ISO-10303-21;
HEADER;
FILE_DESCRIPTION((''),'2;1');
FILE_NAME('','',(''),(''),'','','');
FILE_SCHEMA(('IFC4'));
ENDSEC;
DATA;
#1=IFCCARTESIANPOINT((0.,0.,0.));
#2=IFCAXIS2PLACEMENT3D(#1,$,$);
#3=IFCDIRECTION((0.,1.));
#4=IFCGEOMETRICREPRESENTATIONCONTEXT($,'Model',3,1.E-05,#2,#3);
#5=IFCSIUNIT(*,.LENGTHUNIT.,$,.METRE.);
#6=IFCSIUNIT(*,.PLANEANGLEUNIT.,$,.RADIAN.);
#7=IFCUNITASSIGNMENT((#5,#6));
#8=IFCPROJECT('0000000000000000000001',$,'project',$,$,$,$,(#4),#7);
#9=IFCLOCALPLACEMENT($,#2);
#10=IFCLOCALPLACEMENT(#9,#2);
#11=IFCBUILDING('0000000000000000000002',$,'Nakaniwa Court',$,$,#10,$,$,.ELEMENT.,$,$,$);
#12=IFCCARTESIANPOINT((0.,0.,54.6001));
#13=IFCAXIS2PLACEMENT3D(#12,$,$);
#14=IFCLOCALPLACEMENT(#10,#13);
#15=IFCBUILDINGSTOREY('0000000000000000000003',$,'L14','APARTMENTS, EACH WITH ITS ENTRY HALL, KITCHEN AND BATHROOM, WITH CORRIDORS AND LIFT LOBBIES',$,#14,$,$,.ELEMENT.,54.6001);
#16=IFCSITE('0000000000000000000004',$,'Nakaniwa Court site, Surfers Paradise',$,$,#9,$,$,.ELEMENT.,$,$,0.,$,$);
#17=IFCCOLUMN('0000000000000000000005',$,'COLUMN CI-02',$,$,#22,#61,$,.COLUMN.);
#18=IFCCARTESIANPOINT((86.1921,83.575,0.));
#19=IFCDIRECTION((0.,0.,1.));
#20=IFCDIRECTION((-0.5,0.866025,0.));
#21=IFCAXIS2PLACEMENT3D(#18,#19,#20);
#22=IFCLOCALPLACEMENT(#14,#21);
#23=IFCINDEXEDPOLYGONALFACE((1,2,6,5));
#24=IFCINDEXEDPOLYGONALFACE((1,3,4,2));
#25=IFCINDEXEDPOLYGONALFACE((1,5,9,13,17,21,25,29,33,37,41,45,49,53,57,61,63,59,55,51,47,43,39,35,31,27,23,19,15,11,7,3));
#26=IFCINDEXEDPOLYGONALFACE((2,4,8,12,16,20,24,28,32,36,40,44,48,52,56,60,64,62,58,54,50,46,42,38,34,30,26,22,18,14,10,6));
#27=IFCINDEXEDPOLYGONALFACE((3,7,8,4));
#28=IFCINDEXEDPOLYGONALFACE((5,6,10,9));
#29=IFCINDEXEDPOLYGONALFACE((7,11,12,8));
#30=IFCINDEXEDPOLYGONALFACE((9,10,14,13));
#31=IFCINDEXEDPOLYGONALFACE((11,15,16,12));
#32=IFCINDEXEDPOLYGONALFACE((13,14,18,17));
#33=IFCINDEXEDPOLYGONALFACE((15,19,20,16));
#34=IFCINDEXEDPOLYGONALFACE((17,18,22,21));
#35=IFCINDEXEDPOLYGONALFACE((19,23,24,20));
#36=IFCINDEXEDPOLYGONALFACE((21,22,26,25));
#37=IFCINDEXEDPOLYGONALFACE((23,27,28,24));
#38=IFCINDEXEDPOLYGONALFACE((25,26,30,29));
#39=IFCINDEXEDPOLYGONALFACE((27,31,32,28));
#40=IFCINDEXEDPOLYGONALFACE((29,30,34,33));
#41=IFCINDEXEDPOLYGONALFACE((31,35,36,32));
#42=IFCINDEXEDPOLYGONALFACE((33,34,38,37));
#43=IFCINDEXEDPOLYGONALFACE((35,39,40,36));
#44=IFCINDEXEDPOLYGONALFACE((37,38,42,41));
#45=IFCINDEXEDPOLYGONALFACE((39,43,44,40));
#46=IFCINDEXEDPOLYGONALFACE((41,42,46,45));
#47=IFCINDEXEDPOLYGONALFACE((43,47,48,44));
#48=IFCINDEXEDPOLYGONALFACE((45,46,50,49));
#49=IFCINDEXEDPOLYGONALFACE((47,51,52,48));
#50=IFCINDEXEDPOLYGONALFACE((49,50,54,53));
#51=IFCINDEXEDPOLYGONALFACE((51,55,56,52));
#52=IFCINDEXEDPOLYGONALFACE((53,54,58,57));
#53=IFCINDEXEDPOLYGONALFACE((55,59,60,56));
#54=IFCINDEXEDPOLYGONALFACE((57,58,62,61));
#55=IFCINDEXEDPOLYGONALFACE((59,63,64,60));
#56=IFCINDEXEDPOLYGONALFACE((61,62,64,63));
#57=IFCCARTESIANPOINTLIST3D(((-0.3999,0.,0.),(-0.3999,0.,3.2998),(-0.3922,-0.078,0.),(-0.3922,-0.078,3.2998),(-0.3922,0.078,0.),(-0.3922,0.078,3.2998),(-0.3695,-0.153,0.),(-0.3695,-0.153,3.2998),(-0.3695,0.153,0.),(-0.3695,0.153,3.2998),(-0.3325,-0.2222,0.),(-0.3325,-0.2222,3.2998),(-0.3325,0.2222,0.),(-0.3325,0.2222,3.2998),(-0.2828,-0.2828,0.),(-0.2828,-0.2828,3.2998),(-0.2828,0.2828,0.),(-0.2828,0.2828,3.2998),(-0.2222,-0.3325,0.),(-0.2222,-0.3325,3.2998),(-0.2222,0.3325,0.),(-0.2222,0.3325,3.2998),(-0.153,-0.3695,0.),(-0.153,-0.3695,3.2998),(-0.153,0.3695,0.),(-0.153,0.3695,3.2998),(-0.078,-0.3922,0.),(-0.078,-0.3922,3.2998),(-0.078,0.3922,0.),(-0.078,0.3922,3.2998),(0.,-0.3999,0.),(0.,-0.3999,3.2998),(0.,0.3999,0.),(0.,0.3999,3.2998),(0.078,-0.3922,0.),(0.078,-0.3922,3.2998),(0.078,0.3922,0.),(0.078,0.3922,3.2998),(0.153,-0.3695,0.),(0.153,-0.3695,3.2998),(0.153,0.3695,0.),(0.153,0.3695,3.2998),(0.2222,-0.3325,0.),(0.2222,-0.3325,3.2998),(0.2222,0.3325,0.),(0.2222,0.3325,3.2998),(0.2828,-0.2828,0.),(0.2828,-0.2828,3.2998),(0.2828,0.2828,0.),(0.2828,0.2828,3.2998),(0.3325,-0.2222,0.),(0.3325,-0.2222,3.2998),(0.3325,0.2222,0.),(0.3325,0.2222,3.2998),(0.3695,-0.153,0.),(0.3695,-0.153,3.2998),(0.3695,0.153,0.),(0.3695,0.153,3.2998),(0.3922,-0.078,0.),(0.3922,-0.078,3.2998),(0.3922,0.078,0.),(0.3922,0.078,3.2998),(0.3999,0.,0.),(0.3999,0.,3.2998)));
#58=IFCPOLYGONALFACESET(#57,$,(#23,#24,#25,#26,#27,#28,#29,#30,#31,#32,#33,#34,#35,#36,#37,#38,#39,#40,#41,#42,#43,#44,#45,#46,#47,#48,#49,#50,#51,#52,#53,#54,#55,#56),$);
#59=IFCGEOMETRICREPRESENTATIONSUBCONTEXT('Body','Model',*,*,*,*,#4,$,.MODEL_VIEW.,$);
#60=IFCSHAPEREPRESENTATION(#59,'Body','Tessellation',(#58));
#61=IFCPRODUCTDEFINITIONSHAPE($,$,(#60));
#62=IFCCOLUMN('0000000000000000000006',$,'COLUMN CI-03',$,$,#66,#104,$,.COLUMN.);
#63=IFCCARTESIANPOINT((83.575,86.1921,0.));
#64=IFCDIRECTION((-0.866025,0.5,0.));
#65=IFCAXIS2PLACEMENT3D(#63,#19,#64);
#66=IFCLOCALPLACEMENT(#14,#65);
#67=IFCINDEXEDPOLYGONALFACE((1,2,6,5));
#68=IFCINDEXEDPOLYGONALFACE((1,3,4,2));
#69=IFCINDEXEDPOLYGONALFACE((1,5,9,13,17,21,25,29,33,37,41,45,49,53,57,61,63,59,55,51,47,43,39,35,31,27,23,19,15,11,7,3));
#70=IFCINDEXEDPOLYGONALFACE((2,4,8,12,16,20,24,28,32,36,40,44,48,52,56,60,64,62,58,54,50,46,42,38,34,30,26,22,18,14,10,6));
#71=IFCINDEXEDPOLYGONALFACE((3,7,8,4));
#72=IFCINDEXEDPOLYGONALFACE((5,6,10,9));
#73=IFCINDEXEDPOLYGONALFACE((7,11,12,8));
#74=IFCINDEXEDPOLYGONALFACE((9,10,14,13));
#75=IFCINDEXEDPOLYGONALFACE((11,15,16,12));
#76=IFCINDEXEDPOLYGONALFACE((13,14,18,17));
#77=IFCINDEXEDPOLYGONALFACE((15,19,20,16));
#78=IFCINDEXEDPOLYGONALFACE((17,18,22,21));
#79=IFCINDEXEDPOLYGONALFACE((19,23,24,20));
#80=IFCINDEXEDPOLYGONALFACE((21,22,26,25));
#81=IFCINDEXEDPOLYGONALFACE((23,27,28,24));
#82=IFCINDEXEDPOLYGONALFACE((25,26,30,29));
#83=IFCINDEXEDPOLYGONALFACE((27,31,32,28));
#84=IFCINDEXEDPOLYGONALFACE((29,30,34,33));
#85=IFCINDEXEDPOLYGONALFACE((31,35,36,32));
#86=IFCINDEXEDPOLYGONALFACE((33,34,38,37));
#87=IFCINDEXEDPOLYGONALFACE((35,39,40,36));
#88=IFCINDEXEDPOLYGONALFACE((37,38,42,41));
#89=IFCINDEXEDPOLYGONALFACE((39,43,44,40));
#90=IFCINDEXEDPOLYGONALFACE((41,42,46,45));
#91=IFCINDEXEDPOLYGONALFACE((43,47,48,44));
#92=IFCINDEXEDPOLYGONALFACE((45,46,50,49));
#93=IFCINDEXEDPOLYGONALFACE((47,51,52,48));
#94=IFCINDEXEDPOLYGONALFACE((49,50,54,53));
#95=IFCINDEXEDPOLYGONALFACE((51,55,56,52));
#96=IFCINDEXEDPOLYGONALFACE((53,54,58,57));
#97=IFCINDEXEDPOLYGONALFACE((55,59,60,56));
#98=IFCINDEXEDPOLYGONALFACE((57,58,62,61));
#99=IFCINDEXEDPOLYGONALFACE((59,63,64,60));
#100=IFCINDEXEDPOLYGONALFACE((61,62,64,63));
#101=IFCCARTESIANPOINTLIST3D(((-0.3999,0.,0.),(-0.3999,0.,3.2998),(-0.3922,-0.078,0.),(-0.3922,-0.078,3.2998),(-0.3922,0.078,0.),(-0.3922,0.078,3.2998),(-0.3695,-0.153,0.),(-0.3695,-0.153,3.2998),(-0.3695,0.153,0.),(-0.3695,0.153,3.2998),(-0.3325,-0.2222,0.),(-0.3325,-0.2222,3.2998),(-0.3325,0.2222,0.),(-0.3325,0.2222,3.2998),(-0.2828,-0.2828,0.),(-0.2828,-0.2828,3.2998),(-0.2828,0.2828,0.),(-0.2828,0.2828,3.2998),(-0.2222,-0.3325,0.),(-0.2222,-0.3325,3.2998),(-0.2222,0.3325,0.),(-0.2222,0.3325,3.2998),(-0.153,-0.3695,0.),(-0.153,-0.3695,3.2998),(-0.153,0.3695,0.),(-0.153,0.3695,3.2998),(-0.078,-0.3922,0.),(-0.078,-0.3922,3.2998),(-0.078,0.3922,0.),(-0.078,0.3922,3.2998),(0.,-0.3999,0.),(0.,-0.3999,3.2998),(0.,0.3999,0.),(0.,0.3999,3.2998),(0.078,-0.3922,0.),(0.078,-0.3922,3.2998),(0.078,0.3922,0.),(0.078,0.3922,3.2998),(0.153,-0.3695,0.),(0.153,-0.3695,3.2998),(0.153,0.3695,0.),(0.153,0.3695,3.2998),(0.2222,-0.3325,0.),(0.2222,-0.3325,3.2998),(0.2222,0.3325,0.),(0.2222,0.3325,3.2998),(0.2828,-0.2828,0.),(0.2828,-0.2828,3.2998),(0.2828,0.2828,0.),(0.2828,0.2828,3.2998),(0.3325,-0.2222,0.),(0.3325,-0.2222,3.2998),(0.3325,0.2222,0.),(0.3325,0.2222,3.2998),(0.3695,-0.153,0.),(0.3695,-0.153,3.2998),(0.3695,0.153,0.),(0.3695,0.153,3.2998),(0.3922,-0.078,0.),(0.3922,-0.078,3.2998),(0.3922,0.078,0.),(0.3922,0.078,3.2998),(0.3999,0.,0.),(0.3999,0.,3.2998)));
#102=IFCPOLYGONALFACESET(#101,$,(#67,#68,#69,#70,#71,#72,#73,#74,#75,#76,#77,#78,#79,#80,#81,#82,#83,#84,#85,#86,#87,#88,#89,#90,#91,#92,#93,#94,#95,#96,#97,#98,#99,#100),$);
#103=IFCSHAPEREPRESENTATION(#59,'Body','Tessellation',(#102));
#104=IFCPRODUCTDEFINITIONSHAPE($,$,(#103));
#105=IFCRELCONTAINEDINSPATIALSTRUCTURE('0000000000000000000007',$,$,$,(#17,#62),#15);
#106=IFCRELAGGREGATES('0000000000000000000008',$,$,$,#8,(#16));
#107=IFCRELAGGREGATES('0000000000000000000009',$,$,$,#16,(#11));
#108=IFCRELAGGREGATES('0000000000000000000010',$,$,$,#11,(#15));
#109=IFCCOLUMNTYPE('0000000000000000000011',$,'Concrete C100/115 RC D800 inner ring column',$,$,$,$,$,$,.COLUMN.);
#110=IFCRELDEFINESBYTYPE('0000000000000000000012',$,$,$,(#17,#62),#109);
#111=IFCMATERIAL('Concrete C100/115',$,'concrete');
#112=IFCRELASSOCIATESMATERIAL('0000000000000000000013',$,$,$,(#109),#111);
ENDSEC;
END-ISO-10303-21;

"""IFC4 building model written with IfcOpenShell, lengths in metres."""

from ifc_helpers import new_model, si_unit, direction, frame, origin, origin_2d, place, context, subcontext, project, spatial, circle, extrude, material, material_profile, profile_set, type_object, element, save


model = new_model("IFC4")

# Units and contexts
model_context = context("Model", 3, precision=1e-05, world=origin(), true_north=direction((0.0, 1.0)))
body_context = subcontext(model_context, "Body", "Model", "MODEL_VIEW")
ifc_project = project(units=[si_unit("LENGTHUNIT", "METRE"), si_unit("PLANEANGLEUNIT", "RADIAN")], contexts=[model_context])

# Site, building, storey
site_placement = place(None, origin())
site = spatial("IfcSite", under=ifc_project, at=site_placement, Name="Nakaniwa Court site, Surfers Paradise", CompositionType="ELEMENT", RefElevation=0.0)
building_placement = place(site_placement, origin())
building = spatial("IfcBuilding", under=site, at=building_placement, Name="Nakaniwa Court", CompositionType="ELEMENT")
storey_placement = place(building_placement, frame((0.0, 0.0, 54.6001)))
storey = spatial("IfcBuildingStorey", under=building, at=storey_placement, Name="L14", Description="APARTMENTS, EACH WITH ITS ENTRY HALL, KITCHEN AND BATHROOM, WITH CORRIDORS AND LIFT LOBBIES", CompositionType="ELEMENT", Elevation=54.6001)

# Columns
ifc_material_1 = material(Name="Concrete C100/115", Category="concrete")
ifc_material_profile_1 = material_profile(ifc_material_1, circle(Radius=0.3999, at=origin_2d()), Name="Concrete C100/115 RC D800 inner ring column")
ifc_profile_set_1 = profile_set([ifc_material_profile_1], Name="Concrete C100/115")
column_type = type_object("IfcColumnType", Name="Concrete C100/115 RC D800 inner ring column", PredefinedType="COLUMN", material=ifc_profile_set_1)
for number, where, z_axis, x_axis, name in (
    (1, (86.1921, 83.575, 0.0), (0.0, 0.0, 1.0), (-0.5, 0.866025, 0.0), "COLUMN CI-02"),
    (2, (83.575, 86.1921, 0.0), (0.0, 0.0, 1.0), (-0.866025, 0.5, 0.0), "COLUMN CI-03"),
):
    element("IfcColumn", number, at=place(storey_placement, frame(where, z_axis=z_axis, x_axis=x_axis)), inside=storey, type_object=column_type, Name=name, PredefinedType="COLUMN", context=body_context, shape_type="SweptSolid", body=[
        extrude(circle(Radius=0.3999, at=origin_2d()), origin(), (0.0, 0.0, 1.0), 3.2998),
    ])

save(model, "model.ifc")
